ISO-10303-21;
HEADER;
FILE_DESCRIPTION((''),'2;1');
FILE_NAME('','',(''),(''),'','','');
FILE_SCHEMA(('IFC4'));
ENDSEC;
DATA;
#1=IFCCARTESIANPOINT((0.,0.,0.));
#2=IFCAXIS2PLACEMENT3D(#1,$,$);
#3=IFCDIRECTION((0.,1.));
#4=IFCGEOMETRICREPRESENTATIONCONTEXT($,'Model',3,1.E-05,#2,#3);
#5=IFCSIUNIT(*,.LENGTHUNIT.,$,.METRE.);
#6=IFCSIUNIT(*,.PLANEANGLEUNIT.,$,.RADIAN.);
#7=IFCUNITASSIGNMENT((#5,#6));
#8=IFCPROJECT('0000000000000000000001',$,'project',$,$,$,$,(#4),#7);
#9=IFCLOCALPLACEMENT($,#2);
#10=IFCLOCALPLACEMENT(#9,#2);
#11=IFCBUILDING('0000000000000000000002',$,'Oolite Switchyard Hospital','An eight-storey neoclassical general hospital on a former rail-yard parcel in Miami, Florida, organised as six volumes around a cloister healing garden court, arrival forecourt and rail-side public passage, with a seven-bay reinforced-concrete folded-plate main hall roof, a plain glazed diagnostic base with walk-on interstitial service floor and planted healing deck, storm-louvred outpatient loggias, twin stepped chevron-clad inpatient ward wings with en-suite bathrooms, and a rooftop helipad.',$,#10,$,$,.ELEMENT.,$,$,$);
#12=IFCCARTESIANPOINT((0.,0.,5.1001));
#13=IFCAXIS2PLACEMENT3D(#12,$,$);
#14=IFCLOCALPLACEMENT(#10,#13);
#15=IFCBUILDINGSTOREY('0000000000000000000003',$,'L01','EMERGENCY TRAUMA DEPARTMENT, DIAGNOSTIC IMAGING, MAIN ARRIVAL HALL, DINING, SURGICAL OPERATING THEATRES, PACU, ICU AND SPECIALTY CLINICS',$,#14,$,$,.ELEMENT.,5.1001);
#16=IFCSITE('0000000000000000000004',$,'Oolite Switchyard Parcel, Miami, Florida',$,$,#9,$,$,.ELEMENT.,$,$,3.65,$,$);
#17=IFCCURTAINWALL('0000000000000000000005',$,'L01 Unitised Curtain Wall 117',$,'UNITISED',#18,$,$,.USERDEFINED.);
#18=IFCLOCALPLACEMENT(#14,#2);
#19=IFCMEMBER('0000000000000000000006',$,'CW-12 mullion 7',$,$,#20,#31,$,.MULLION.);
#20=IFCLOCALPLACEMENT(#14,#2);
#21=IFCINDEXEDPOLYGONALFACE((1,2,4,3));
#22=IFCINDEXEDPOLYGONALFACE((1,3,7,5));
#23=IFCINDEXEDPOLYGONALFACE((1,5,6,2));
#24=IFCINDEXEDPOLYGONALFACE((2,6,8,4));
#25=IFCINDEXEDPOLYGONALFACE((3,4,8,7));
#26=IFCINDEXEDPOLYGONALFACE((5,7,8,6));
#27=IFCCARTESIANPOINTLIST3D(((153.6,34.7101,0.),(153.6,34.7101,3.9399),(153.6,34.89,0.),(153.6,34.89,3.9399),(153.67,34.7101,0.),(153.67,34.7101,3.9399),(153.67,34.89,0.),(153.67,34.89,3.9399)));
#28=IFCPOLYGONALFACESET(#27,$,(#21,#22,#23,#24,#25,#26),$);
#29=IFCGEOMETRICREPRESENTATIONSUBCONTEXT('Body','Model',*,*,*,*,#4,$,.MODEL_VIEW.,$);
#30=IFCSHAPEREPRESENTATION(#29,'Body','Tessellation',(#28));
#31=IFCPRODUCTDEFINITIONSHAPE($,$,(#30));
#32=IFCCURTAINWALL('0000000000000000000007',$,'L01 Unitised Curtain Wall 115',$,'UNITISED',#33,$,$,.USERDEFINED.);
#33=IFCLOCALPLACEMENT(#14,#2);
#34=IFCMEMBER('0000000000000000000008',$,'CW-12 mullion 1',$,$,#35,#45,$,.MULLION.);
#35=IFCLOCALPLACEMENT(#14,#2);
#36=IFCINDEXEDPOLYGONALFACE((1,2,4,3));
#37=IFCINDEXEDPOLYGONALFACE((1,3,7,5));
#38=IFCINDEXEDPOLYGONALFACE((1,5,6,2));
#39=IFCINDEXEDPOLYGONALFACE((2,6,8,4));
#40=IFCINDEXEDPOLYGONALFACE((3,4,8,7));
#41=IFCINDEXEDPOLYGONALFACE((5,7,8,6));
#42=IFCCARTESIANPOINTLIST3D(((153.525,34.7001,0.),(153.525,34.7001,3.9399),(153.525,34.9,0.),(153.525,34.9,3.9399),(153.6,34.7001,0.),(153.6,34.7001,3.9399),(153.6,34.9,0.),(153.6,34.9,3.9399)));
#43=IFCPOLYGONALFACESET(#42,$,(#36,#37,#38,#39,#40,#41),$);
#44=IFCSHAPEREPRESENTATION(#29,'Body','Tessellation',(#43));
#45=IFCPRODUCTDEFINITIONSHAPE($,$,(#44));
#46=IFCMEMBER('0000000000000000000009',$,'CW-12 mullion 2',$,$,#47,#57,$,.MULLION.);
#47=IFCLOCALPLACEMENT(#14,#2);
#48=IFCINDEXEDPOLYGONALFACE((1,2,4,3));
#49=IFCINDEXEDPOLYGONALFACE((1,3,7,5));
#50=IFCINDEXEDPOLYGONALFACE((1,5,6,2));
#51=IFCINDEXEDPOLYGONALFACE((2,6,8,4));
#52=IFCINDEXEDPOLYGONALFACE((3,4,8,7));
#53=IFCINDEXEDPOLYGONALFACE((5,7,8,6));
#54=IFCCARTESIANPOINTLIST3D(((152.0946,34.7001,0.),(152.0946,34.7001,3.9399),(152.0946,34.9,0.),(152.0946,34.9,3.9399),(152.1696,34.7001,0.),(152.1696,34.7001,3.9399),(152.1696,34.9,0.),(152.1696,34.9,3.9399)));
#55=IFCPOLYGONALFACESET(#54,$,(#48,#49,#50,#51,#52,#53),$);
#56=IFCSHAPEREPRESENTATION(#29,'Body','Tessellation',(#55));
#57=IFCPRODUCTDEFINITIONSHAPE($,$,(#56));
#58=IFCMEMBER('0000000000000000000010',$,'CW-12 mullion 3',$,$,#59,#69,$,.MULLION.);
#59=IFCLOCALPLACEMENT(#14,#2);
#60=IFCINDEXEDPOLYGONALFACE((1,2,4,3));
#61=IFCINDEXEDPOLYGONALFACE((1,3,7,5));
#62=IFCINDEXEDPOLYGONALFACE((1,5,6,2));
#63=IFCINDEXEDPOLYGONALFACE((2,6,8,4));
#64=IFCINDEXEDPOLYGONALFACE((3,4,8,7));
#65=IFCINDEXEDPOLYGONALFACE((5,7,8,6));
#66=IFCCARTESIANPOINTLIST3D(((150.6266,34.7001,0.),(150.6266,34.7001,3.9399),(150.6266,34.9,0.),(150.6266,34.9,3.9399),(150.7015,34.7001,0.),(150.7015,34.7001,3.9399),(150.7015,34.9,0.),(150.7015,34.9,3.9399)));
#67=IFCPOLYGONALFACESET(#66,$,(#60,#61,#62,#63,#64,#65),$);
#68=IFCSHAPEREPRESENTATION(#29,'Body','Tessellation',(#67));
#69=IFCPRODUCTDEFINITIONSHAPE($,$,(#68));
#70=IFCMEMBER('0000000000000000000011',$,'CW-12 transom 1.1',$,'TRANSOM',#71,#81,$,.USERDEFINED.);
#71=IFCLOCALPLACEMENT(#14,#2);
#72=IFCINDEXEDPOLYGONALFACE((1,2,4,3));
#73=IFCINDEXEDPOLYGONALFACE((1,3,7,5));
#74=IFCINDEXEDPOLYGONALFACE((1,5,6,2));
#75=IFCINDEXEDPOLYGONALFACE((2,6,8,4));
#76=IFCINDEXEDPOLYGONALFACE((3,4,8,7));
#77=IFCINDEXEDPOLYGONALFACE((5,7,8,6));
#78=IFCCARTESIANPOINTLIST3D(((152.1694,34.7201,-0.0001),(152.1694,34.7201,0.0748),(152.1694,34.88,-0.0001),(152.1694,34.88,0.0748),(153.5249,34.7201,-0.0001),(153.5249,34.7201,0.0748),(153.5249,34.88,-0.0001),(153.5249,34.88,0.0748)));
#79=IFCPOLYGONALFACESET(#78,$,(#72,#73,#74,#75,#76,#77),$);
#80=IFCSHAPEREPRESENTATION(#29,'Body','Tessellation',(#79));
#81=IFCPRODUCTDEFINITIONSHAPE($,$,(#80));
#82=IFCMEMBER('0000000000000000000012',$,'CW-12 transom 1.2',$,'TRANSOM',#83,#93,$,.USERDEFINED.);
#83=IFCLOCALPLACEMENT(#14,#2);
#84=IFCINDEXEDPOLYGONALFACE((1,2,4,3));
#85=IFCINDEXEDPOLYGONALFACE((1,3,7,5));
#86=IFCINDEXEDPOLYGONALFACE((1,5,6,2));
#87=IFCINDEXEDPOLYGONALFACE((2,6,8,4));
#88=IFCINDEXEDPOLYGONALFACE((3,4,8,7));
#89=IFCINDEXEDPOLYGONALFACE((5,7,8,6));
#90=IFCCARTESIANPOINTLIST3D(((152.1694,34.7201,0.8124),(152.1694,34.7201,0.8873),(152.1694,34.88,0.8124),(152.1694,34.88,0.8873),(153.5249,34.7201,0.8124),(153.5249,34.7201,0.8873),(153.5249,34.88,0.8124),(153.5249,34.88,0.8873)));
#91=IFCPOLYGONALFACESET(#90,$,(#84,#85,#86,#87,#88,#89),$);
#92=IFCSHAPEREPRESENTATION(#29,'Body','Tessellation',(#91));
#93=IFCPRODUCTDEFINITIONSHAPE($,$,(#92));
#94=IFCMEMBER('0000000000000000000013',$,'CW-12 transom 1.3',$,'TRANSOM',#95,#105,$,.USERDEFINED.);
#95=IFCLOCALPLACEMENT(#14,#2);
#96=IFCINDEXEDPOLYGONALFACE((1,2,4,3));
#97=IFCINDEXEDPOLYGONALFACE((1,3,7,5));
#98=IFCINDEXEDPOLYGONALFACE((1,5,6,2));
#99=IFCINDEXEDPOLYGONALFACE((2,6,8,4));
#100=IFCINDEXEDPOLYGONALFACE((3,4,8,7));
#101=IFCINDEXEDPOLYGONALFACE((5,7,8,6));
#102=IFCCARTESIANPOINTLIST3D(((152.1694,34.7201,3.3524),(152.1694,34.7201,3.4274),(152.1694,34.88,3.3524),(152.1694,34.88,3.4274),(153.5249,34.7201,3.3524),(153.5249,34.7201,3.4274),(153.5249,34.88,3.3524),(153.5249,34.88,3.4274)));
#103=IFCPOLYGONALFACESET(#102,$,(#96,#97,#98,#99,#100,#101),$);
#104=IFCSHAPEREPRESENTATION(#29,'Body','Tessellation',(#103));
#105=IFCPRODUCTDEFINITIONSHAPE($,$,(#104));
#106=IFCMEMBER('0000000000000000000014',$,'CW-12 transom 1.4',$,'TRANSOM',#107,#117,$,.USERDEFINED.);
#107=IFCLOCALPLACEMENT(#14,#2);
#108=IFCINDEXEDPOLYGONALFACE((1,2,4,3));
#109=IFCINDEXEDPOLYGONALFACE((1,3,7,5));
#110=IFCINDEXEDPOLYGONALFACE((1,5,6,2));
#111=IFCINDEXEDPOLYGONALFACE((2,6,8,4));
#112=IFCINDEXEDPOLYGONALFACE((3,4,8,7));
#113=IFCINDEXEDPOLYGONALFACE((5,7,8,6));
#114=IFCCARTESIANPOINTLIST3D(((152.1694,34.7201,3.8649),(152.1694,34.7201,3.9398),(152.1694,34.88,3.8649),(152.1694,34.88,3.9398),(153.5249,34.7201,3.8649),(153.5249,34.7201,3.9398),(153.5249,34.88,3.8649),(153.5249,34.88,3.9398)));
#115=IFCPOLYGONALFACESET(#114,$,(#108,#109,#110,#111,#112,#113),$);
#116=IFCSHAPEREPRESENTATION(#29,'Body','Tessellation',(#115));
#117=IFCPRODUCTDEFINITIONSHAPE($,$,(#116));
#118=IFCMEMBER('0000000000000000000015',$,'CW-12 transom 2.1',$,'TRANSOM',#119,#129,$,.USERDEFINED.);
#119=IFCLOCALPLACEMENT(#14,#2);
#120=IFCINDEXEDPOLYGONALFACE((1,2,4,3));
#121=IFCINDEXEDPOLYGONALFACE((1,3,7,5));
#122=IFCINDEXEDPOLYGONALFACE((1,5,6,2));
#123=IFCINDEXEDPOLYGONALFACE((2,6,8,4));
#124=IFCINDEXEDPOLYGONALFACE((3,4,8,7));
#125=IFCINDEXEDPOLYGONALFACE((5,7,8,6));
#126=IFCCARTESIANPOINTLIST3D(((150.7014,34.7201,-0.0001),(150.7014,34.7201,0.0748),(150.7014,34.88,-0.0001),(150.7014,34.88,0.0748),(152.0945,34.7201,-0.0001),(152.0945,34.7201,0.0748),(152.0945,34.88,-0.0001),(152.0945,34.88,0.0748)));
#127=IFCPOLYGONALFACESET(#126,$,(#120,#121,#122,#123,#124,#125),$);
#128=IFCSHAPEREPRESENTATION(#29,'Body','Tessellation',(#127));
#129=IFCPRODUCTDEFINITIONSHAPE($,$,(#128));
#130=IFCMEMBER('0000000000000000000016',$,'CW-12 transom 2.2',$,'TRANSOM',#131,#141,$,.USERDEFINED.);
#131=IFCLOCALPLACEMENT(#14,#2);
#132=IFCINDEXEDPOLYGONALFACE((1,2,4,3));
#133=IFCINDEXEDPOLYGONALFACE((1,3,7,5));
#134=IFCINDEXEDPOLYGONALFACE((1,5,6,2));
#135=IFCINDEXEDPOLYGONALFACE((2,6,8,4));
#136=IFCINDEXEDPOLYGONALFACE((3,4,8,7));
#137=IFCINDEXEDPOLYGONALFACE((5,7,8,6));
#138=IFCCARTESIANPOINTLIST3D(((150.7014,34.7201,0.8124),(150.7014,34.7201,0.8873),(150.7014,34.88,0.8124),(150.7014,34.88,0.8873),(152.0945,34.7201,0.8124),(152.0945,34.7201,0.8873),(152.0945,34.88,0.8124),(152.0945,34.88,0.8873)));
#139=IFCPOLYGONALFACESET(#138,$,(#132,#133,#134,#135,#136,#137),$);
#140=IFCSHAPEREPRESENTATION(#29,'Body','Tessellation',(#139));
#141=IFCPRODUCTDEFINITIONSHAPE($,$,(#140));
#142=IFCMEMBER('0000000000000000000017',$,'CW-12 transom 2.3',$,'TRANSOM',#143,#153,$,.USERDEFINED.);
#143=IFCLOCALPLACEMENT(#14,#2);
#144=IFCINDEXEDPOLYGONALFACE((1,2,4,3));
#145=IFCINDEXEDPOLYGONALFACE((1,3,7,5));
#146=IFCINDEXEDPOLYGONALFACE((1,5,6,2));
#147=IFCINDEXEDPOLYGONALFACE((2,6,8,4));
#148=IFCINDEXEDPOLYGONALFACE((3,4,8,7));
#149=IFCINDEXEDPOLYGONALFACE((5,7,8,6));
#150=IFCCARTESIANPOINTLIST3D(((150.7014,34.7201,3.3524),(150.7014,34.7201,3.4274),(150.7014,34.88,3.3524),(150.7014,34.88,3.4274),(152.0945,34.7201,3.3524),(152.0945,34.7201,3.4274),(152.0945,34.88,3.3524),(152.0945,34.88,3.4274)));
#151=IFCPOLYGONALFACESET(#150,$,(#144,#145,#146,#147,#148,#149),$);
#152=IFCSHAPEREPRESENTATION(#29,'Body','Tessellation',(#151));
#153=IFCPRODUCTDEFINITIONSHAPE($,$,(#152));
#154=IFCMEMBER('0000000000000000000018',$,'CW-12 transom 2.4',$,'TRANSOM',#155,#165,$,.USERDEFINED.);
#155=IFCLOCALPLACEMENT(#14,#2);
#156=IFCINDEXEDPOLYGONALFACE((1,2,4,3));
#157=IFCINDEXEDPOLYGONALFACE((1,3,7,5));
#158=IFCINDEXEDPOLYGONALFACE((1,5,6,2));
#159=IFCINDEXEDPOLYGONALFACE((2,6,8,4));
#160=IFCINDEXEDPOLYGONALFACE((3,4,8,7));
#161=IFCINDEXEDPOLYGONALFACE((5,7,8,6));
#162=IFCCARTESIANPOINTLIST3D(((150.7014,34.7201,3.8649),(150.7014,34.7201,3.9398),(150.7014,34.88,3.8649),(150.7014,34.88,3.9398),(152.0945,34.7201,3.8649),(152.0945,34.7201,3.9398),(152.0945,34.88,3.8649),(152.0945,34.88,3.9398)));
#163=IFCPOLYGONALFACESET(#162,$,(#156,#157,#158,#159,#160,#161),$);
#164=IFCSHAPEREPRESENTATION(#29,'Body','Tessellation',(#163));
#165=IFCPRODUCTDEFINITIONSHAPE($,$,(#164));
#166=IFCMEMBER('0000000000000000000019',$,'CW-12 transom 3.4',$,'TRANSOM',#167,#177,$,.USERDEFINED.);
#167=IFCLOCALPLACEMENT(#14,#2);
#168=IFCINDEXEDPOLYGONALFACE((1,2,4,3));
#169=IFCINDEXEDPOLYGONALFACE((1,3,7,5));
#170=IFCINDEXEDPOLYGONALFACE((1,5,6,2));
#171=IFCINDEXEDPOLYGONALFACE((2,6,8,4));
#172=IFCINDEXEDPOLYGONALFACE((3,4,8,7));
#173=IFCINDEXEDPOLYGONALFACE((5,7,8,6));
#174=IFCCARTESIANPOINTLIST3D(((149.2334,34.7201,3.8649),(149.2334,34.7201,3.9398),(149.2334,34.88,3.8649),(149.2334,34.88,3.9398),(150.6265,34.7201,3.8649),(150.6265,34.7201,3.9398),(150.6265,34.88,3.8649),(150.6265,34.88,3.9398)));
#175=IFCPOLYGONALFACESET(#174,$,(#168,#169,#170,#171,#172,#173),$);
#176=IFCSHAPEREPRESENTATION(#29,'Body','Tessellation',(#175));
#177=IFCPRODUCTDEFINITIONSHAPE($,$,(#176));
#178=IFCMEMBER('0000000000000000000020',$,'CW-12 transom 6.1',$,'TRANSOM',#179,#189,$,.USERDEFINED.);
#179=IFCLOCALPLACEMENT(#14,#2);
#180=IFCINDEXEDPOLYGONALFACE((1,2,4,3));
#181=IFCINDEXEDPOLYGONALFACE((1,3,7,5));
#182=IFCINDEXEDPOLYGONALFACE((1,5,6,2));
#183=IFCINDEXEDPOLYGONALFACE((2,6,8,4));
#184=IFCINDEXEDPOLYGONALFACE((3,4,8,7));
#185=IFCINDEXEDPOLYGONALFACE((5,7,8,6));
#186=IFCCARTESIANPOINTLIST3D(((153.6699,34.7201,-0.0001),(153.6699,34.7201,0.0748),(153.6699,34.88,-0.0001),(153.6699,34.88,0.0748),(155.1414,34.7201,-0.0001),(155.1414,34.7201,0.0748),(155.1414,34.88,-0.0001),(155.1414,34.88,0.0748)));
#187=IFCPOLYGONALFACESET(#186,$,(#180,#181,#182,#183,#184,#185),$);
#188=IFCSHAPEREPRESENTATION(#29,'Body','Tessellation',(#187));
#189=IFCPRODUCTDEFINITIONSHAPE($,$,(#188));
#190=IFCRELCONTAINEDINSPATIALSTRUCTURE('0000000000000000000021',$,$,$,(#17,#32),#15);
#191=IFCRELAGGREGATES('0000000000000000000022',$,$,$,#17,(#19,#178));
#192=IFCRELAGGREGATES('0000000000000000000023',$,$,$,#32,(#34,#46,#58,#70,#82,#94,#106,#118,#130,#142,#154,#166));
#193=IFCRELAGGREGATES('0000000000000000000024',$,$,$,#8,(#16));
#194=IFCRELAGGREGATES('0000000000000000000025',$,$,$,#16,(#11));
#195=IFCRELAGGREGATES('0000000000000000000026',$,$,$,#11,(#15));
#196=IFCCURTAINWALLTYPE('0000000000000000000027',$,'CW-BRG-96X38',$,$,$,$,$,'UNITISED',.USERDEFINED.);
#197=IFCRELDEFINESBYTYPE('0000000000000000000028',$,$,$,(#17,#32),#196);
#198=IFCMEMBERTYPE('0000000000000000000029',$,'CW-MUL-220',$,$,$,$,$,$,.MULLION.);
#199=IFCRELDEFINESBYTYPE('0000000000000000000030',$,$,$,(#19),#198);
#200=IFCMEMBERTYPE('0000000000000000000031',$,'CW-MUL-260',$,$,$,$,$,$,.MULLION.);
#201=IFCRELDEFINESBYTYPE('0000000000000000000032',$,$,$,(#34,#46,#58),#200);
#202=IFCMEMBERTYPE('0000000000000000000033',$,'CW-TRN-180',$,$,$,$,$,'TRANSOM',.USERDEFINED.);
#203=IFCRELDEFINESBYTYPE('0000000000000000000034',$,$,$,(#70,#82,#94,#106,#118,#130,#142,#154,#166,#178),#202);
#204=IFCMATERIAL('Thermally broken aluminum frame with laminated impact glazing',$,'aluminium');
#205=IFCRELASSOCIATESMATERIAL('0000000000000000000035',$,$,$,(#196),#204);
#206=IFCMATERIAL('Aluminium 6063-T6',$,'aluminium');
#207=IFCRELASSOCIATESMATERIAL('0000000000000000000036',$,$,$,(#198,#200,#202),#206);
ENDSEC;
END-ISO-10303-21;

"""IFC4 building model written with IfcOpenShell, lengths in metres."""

from ifc_helpers import new_model, si_unit, direction, frame, origin, origin_2d, place, context, subcontext, project, spatial, rectangle, extrude, material, material_profile, profile_set, type_object, element, aggregate, save


model = new_model("IFC4")

# Units and contexts
model_context = context("Model", 3, precision=1e-05, world=origin(), true_north=direction((0.0, 1.0)))
body_context = subcontext(model_context, "Body", "Model", "MODEL_VIEW")
ifc_project = project(units=[si_unit("LENGTHUNIT", "METRE"), si_unit("PLANEANGLEUNIT", "RADIAN")], contexts=[model_context])

# Site, building, storey
site_placement = place(None, origin())
site = spatial("IfcSite", under=ifc_project, at=site_placement, Name="Oolite Switchyard Parcel, Miami, Florida", CompositionType="ELEMENT", RefElevation=3.65)
building_placement = place(site_placement, origin())
building = spatial("IfcBuilding", under=site, at=building_placement, Name="Oolite Switchyard Hospital", Description="An eight-storey neoclassical general hospital on a former rail-yard parcel in Miami, Florida, organised as six volumes around a cloister healing garden court, arrival forecourt and rail-side public passage, with a seven-bay reinforced-concrete folded-plate main hall roof, a plain glazed diagnostic base with walk-on interstitial service floor and planted healing deck, storm-louvred outpatient loggias, twin stepped chevron-clad inpatient ward wings with en-suite bathrooms, and a rooftop helipad.", CompositionType="ELEMENT")
storey_placement = place(building_placement, frame((0.0, 0.0, 5.1001)))
storey = spatial("IfcBuildingStorey", under=building, at=storey_placement, Name="L01", Description="EMERGENCY TRAUMA DEPARTMENT, DIAGNOSTIC IMAGING, MAIN ARRIVAL HALL, DINING, SURGICAL OPERATING THEATRES, PACU, ICU AND SPECIALTY CLINICS", CompositionType="ELEMENT", Elevation=5.1001)

# Curtain wall, member
ifc_material_1 = material(Name="Thermally broken aluminum frame with laminated impact glazing", Category="aluminium")
curtain_wall_type = type_object("IfcCurtainWallType", Name="CW-BRG-96X38", ElementType="UNITISED", PredefinedType="USERDEFINED", material=ifc_material_1)
curtain_wall_1_placement = place(storey_placement, origin())
curtain_wall_1 = element("IfcCurtainWall", 1, at=curtain_wall_1_placement, inside=storey, type_object=curtain_wall_type, Name="L01 Unitised Curtain Wall 117", ObjectType="UNITISED", PredefinedType="USERDEFINED")
ifc_material_2 = material(Name="Aluminium 6063-T6", Category="aluminium")
ifc_material_profile_1 = material_profile(ifc_material_2, rectangle(XDim=0.1799, YDim=0.0701, at=origin_2d()), Name="CWM70X180")
ifc_profile_set_1 = profile_set([ifc_material_profile_1], Name="Aluminium 6063-T6")
member_type_1 = type_object("IfcMemberType", Name="CW-MUL-220", PredefinedType="MULLION", material=ifc_profile_set_1)
member_1_placement = place(storey_placement, frame((153.635, 34.8, 0.0), z_axis=(0.0, 0.0, 1.0), x_axis=(0.0, -1.0, 0.0)))
member_1 = element("IfcMember", 2, at=member_1_placement, type_object=member_type_1, Name="CW-12 mullion 7", PredefinedType="MULLION", context=body_context, shape_type="SweptSolid", body=[
    extrude(rectangle(XDim=0.1799, YDim=0.0701, at=origin_2d()), origin(), (0.0, 0.0, 1.0), 3.9399),
])

# Curtain wall, members
curtain_wall_2_placement = place(storey_placement, origin())
curtain_wall_2 = element("IfcCurtainWall", 3, at=curtain_wall_2_placement, inside=storey, type_object=curtain_wall_type, Name="L01 Unitised Curtain Wall 115", ObjectType="UNITISED", PredefinedType="USERDEFINED")
ifc_material_profile_2 = material_profile(ifc_material_2, rectangle(XDim=0.2, YDim=0.075, at=origin_2d()), Name="CWM75X200")
ifc_profile_set_2 = profile_set([ifc_material_profile_2], Name="Aluminium 6063-T6")
member_type_2 = type_object("IfcMemberType", Name="CW-MUL-260", PredefinedType="MULLION", material=ifc_profile_set_2)
member_2_placement = place(storey_placement, frame((153.5625, 34.8, 0.0), z_axis=(0.0, 0.0, 1.0), x_axis=(0.0, -1.0, 0.0)))
member_2 = element("IfcMember", 4, at=member_2_placement, type_object=member_type_2, Name="CW-12 mullion 1", PredefinedType="MULLION", context=body_context, shape_type="SweptSolid", body=[
    extrude(rectangle(XDim=0.2, YDim=0.075, at=origin_2d()), origin(), (0.0, 0.0, 1.0), 3.9399),
])
member_3_placement = place(storey_placement, frame((152.1321, 34.8, 0.0), z_axis=(0.0, 0.0, 1.0), x_axis=(0.0, -1.0, 0.0)))
member_3 = element("IfcMember", 5, at=member_3_placement, type_object=member_type_2, Name="CW-12 mullion 2", PredefinedType="MULLION", context=body_context, shape_type="SweptSolid", body=[
    extrude(rectangle(XDim=0.2, YDim=0.075, at=origin_2d()), origin(), (0.0, 0.0, 1.0), 3.9399),
])
member_4_placement = place(storey_placement, frame((150.6641, 34.8, 0.0), z_axis=(0.0, 0.0, 1.0), x_axis=(0.0, -1.0, 0.0)))
member_4 = element("IfcMember", 6, at=member_4_placement, type_object=member_type_2, Name="CW-12 mullion 3", PredefinedType="MULLION", context=body_context, shape_type="SweptSolid", body=[
    extrude(rectangle(XDim=0.2, YDim=0.075, at=origin_2d()), origin(), (0.0, 0.0, 1.0), 3.9399),
])
ifc_material_profile_3 = material_profile(ifc_material_2, rectangle(XDim=0.1599, YDim=0.075, at=origin_2d()), Name="CWT75X160")
ifc_profile_set_3 = profile_set([ifc_material_profile_3], Name="Aluminium 6063-T6")
member_type_3 = type_object("IfcMemberType", Name="CW-TRN-180", ElementType="TRANSOM", PredefinedType="USERDEFINED", material=ifc_profile_set_3)
member_5_placement = place(storey_placement, frame((153.5249, 34.8, 0.0374), z_axis=(-1.0, 0.0, 0.0), x_axis=(0.0, -1.0, 0.0)))
member_5 = element("IfcMember", 7, at=member_5_placement, type_object=member_type_3, Name="CW-12 transom 1.1", ObjectType="TRANSOM", PredefinedType="USERDEFINED", context=body_context, shape_type="SweptSolid", body=[
    extrude(rectangle(XDim=0.1599, YDim=0.075, at=origin_2d()), origin(), (0.0, 0.0, 1.0), 1.3555),
])
member_6_placement = place(storey_placement, frame((153.5249, 34.8, 0.8499), z_axis=(-1.0, 0.0, 0.0), x_axis=(0.0, -1.0, 0.0)))
member_6 = element("IfcMember", 8, at=member_6_placement, type_object=member_type_3, Name="CW-12 transom 1.2", ObjectType="TRANSOM", PredefinedType="USERDEFINED", context=body_context, shape_type="SweptSolid", body=[
    extrude(rectangle(XDim=0.1599, YDim=0.075, at=origin_2d()), origin(), (0.0, 0.0, 1.0), 1.3555),
])
member_7_placement = place(storey_placement, frame((153.5249, 34.8, 3.3899), z_axis=(-1.0, 0.0, 0.0), x_axis=(0.0, -1.0, 0.0)))
member_7 = element("IfcMember", 9, at=member_7_placement, type_object=member_type_3, Name="CW-12 transom 1.3", ObjectType="TRANSOM", PredefinedType="USERDEFINED", context=body_context, shape_type="SweptSolid", body=[
    extrude(rectangle(XDim=0.1599, YDim=0.075, at=origin_2d()), origin(), (0.0, 0.0, 1.0), 1.3555),
])
member_8_placement = place(storey_placement, frame((153.5249, 34.8, 3.9023), z_axis=(-1.0, 0.0, 0.0), x_axis=(0.0, -1.0, 0.0)))
member_8 = element("IfcMember", 10, at=member_8_placement, type_object=member_type_3, Name="CW-12 transom 1.4", ObjectType="TRANSOM", PredefinedType="USERDEFINED", context=body_context, shape_type="SweptSolid", body=[
    extrude(rectangle(XDim=0.1599, YDim=0.075, at=origin_2d()), origin(), (0.0, 0.0, 1.0), 1.3555),
])
member_9_placement = place(storey_placement, frame((152.0945, 34.8, 0.0374), z_axis=(-1.0, 0.0, 0.0), x_axis=(0.0, -1.0, 0.0)))
member_9 = element("IfcMember", 11, at=member_9_placement, type_object=member_type_3, Name="CW-12 transom 2.1", ObjectType="TRANSOM", PredefinedType="USERDEFINED", context=body_context, shape_type="SweptSolid", body=[
    extrude(rectangle(XDim=0.1599, YDim=0.075, at=origin_2d()), origin(), (0.0, 0.0, 1.0), 1.3931),
])
member_10_placement = place(storey_placement, frame((152.0945, 34.8, 0.8499), z_axis=(-1.0, 0.0, 0.0), x_axis=(0.0, -1.0, 0.0)))
member_10 = element("IfcMember", 12, at=member_10_placement, type_object=member_type_3, Name="CW-12 transom 2.2", ObjectType="TRANSOM", PredefinedType="USERDEFINED", context=body_context, shape_type="SweptSolid", body=[
    extrude(rectangle(XDim=0.1599, YDim=0.075, at=origin_2d()), origin(), (0.0, 0.0, 1.0), 1.3931),
])
member_11_placement = place(storey_placement, frame((152.0945, 34.8, 3.3899), z_axis=(-1.0, 0.0, 0.0), x_axis=(0.0, -1.0, 0.0)))
member_11 = element("IfcMember", 13, at=member_11_placement, type_object=member_type_3, Name="CW-12 transom 2.3", ObjectType="TRANSOM", PredefinedType="USERDEFINED", context=body_context, shape_type="SweptSolid", body=[
    extrude(rectangle(XDim=0.1599, YDim=0.075, at=origin_2d()), origin(), (0.0, 0.0, 1.0), 1.3931),
])
member_12_placement = place(storey_placement, frame((152.0945, 34.8, 3.9023), z_axis=(-1.0, 0.0, 0.0), x_axis=(0.0, -1.0, 0.0)))
member_12 = element("IfcMember", 14, at=member_12_placement, type_object=member_type_3, Name="CW-12 transom 2.4", ObjectType="TRANSOM", PredefinedType="USERDEFINED", context=body_context, shape_type="SweptSolid", body=[
    extrude(rectangle(XDim=0.1599, YDim=0.075, at=origin_2d()), origin(), (0.0, 0.0, 1.0), 1.3931),
])
member_13_placement = place(storey_placement, frame((150.6265, 34.8, 3.9023), z_axis=(-1.0, 0.0, 0.0), x_axis=(0.0, -1.0, 0.0)))
member_13 = element("IfcMember", 15, at=member_13_placement, type_object=member_type_3, Name="CW-12 transom 3.4", ObjectType="TRANSOM", PredefinedType="USERDEFINED", context=body_context, shape_type="SweptSolid", body=[
    extrude(rectangle(XDim=0.1599, YDim=0.075, at=origin_2d()), origin(), (0.0, 0.0, 1.0), 1.3931),
])

# Member
member_14_placement = place(storey_placement, frame((155.1414, 34.8, 0.0374), z_axis=(-1.0, 0.0, 0.0), x_axis=(0.0, -1.0, 0.0)))
member_14 = element("IfcMember", 16, at=member_14_placement, type_object=member_type_3, Name="CW-12 transom 6.1", ObjectType="TRANSOM", PredefinedType="USERDEFINED", context=body_context, shape_type="SweptSolid", body=[
    extrude(rectangle(XDim=0.1599, YDim=0.075, at=origin_2d()), origin(), (0.0, 0.0, 1.0), 1.4714),
])

aggregate(curtain_wall_1, [member_1, member_14])
aggregate(curtain_wall_2, [member_2, member_3, member_4, member_5, member_6, member_7, member_8, member_9, member_10, member_11, member_12, member_13])

save(model, "model.ifc")
